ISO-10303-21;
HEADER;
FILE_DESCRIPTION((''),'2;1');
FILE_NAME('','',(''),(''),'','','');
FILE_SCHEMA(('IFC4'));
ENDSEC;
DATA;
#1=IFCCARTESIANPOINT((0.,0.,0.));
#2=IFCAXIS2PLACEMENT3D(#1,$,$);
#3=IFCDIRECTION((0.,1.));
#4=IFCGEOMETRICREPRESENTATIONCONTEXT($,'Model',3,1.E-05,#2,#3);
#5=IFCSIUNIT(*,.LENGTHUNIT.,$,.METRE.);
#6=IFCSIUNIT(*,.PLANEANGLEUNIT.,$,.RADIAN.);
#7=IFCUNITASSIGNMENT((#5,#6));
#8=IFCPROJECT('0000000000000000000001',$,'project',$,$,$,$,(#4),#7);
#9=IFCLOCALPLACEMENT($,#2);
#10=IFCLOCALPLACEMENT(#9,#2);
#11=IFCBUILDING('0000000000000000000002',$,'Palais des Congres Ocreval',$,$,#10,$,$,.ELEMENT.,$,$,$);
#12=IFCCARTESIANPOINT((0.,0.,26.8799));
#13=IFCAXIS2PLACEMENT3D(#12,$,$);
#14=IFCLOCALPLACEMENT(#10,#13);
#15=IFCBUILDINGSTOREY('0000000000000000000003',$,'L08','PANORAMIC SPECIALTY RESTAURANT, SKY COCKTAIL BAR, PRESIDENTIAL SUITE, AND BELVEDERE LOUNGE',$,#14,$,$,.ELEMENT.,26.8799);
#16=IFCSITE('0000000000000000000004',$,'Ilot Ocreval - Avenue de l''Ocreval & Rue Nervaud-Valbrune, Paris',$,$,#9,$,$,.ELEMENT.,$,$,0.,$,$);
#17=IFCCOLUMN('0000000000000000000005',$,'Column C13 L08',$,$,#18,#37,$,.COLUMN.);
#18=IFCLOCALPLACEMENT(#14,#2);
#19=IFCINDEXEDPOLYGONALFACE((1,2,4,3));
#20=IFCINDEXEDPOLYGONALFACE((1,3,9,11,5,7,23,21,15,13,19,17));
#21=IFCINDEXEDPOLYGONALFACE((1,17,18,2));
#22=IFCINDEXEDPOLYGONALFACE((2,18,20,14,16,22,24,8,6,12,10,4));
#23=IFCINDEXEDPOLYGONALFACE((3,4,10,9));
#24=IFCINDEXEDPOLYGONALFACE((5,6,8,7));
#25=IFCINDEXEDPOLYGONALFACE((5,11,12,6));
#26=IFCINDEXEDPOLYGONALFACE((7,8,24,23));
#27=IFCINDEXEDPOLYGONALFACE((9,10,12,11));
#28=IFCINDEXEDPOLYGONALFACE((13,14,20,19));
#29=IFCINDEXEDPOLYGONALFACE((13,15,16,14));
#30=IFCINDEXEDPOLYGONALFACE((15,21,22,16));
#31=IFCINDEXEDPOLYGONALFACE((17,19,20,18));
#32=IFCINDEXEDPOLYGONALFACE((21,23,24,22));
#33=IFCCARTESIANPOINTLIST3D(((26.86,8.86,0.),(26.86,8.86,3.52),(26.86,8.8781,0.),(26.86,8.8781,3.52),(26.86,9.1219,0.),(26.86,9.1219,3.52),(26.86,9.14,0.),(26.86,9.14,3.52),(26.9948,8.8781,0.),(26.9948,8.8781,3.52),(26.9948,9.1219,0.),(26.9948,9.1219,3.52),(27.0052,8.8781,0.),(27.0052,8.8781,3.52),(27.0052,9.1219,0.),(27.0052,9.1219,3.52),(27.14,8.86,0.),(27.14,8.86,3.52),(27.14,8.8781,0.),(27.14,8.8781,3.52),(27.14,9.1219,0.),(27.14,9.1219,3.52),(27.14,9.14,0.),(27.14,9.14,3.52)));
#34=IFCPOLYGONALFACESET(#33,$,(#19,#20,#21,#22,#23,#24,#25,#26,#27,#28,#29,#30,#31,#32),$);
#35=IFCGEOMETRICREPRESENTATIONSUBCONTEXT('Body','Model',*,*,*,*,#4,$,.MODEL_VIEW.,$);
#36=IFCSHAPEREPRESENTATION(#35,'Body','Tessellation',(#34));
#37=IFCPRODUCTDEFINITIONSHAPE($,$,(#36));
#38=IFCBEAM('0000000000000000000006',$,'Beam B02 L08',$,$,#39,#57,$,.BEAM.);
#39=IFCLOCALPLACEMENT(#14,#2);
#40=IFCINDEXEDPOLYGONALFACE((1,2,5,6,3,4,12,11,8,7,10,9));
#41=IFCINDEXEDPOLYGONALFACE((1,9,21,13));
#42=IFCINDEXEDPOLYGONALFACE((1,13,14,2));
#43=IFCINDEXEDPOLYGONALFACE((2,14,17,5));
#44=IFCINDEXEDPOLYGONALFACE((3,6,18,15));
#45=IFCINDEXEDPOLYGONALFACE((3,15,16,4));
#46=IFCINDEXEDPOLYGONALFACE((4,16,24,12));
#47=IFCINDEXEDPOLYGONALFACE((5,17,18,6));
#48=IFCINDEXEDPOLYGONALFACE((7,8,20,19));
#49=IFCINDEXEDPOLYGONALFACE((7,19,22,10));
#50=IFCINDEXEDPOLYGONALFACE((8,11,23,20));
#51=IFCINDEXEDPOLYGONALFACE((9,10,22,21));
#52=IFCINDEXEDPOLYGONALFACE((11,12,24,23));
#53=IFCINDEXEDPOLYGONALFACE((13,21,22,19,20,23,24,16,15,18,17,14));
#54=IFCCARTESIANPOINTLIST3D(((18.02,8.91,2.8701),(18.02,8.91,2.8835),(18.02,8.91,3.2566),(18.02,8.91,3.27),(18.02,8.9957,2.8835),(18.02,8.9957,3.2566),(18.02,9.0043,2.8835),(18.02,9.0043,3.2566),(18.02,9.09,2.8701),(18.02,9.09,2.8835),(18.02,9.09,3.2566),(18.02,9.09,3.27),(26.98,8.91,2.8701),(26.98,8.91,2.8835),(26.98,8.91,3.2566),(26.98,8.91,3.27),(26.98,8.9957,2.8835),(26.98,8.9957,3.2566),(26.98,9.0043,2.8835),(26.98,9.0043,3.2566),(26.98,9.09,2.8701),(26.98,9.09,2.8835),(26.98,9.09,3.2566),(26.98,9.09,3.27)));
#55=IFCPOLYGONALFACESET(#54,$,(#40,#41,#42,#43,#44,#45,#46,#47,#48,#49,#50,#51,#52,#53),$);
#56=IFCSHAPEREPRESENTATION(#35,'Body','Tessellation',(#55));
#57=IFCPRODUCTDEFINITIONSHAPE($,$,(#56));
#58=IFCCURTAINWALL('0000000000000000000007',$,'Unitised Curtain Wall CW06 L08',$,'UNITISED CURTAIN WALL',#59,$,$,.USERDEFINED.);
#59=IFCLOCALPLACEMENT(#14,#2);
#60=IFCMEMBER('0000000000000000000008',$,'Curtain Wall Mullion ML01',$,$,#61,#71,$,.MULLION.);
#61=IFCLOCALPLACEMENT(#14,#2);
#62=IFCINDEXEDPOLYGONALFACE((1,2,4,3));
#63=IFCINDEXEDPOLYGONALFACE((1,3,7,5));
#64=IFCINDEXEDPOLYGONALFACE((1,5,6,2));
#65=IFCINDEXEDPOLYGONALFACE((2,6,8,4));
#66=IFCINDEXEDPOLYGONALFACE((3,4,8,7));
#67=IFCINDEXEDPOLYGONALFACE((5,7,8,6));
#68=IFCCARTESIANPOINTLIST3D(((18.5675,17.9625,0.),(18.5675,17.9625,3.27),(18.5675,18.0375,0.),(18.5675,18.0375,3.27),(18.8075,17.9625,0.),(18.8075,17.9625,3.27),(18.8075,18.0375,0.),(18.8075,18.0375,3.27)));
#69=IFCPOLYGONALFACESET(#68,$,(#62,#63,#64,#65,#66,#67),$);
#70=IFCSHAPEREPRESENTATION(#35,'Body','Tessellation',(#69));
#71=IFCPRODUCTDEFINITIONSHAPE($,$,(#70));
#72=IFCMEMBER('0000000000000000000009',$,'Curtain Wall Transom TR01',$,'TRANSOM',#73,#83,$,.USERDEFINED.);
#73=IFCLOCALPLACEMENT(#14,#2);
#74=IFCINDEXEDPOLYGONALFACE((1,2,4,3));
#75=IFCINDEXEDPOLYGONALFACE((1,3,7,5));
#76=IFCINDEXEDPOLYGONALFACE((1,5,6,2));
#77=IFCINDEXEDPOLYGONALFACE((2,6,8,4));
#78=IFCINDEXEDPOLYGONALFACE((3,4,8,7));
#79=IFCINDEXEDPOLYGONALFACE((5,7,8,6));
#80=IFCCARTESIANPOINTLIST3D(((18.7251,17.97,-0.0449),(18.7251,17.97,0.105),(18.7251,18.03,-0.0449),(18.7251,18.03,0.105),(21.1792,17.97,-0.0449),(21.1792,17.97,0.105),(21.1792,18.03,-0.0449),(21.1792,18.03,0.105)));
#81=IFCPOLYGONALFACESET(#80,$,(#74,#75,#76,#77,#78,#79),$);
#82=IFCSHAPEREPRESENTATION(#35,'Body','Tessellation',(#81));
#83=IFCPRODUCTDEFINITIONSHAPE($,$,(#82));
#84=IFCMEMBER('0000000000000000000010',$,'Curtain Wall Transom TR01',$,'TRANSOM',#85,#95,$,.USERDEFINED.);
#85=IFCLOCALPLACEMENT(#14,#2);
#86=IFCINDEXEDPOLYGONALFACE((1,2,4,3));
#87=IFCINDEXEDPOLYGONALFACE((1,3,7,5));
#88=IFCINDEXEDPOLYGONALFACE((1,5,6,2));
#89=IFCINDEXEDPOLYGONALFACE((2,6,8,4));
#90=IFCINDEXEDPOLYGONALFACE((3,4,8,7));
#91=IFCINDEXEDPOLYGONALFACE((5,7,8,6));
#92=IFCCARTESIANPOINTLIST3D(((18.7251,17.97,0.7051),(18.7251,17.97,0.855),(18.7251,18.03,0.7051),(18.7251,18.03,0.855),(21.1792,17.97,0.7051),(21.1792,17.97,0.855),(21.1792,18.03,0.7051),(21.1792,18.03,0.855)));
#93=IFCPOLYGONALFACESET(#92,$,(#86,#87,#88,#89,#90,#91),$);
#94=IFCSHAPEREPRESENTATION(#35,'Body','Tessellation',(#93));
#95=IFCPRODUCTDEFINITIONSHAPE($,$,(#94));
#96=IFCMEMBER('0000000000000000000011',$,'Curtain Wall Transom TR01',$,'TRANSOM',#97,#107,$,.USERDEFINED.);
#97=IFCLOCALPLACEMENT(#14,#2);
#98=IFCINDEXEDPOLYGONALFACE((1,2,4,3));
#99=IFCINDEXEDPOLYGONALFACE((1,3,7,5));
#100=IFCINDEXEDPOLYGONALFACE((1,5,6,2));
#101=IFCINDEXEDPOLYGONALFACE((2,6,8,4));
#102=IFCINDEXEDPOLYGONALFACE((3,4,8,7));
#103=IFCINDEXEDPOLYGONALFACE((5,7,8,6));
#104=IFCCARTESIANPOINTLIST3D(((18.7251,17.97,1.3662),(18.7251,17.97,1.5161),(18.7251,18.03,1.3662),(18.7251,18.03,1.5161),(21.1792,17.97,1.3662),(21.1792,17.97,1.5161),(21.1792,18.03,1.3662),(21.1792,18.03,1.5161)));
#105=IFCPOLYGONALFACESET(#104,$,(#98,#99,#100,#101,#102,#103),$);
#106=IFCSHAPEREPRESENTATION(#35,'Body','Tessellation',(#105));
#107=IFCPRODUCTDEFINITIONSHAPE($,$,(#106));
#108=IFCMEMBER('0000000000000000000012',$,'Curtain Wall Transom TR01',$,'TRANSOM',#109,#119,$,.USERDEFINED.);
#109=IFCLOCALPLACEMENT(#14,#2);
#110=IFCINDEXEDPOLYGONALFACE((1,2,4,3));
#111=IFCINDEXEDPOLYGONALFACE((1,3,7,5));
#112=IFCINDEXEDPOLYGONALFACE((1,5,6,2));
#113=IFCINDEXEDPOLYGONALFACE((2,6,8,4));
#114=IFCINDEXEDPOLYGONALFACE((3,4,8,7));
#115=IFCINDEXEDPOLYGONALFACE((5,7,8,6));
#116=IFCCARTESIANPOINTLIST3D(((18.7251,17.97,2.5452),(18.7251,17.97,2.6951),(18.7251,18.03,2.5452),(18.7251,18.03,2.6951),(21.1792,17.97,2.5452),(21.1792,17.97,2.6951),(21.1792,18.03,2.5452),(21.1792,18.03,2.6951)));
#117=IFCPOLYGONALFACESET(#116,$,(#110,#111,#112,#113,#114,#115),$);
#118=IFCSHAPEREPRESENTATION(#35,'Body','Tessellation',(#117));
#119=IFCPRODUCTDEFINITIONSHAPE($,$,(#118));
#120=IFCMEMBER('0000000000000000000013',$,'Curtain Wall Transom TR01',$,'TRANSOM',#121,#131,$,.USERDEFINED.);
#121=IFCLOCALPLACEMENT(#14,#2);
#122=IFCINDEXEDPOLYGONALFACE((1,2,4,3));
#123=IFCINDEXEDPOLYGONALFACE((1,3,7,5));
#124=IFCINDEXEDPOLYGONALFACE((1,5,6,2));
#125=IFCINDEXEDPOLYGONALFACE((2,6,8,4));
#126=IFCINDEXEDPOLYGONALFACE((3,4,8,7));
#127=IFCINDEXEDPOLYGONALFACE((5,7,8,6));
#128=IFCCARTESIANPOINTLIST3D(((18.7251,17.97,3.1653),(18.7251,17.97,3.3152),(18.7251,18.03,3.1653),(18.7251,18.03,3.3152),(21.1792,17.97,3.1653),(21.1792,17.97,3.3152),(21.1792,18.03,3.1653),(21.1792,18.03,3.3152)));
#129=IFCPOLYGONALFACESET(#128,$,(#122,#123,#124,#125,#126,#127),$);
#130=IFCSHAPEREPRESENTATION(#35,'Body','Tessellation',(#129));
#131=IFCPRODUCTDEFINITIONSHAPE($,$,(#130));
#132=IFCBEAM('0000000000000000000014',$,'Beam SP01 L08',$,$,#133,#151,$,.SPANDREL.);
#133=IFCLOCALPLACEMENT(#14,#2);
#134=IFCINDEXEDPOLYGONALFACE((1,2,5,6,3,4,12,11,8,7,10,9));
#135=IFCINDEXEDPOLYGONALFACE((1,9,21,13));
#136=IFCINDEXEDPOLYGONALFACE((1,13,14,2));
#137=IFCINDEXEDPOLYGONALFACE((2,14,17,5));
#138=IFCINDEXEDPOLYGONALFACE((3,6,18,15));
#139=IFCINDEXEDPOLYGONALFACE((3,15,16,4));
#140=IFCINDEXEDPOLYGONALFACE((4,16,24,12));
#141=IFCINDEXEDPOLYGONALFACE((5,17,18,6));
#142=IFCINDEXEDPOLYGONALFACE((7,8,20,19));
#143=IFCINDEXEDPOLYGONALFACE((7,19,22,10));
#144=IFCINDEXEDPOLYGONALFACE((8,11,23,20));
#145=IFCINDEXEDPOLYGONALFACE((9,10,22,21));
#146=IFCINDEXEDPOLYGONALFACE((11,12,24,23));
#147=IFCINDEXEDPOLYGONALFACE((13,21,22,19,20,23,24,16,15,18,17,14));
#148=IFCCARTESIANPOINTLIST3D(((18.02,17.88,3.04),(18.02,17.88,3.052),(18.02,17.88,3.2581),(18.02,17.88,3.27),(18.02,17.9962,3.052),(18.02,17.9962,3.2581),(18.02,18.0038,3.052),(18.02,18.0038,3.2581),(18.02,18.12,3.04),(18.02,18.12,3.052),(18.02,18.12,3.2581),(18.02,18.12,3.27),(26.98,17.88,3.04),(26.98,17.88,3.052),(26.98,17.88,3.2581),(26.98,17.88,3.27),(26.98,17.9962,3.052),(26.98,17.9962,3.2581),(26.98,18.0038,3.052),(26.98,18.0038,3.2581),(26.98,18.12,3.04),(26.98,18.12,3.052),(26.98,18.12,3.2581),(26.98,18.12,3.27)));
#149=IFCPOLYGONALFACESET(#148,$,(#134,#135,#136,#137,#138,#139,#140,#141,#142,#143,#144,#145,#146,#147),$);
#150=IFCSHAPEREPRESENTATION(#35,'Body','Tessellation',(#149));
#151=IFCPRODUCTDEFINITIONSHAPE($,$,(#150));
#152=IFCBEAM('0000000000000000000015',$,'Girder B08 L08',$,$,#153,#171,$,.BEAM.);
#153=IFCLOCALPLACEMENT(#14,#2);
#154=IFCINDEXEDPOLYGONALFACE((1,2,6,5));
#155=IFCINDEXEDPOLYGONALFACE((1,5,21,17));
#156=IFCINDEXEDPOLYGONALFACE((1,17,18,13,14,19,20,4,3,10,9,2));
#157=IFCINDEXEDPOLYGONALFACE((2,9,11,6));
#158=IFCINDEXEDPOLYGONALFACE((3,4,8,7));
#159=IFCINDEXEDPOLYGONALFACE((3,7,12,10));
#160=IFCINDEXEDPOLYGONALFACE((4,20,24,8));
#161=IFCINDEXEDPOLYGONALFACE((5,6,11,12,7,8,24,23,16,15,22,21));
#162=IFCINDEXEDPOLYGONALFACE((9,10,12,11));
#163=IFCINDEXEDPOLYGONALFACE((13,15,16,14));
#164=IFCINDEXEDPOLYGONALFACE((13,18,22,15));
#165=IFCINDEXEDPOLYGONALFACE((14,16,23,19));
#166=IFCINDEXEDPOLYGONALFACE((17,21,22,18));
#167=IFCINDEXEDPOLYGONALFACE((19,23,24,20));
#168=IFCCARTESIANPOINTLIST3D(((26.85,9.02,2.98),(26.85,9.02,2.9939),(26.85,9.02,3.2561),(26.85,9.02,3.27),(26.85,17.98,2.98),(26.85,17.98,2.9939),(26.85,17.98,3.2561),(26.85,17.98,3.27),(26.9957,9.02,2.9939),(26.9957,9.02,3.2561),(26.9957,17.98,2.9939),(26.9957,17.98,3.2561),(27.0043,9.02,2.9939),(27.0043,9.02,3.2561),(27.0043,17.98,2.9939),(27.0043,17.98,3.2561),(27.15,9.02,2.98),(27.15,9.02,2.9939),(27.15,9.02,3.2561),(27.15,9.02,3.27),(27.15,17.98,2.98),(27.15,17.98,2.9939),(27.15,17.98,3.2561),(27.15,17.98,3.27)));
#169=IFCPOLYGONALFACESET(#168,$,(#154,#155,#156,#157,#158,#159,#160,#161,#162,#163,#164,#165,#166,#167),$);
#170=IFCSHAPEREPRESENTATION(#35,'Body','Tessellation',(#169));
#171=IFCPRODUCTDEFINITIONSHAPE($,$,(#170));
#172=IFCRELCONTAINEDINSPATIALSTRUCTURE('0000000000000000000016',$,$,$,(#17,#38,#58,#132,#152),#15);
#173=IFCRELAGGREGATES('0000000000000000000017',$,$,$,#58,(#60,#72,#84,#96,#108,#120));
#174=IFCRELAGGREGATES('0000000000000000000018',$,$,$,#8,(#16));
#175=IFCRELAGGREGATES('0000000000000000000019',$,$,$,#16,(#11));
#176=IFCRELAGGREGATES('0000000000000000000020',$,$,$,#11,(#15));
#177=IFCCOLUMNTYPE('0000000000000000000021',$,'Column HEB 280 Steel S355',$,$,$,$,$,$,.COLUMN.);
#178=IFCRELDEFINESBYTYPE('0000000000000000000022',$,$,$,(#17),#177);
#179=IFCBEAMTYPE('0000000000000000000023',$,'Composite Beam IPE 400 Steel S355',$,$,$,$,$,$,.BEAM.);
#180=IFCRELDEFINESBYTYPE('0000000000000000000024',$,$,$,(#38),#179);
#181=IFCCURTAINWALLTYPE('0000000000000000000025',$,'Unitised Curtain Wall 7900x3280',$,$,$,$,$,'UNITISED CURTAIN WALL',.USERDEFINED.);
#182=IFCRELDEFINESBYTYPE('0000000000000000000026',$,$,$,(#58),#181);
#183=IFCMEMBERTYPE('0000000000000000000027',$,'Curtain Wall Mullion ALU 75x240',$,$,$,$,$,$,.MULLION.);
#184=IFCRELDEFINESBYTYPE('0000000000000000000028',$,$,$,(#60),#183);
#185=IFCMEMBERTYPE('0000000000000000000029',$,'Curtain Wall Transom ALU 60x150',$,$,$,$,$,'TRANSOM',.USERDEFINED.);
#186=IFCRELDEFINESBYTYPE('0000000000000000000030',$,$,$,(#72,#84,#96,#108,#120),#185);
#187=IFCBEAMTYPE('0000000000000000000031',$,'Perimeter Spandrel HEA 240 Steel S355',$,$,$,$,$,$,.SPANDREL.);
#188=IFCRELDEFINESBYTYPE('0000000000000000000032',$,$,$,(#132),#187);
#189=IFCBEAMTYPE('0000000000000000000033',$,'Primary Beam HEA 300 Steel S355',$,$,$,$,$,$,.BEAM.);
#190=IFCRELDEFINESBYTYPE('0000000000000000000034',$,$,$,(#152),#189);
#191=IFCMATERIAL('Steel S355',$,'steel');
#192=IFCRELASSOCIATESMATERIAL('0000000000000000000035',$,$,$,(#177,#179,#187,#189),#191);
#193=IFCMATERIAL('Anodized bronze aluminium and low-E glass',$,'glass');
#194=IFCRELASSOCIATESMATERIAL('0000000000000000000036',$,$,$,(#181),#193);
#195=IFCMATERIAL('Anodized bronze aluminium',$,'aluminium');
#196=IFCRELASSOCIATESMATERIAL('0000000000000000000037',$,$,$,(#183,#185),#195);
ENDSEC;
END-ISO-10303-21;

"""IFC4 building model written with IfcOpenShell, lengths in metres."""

from ifc_helpers import new_model, si_unit, direction, frame, origin, origin_2d, place, context, subcontext, project, spatial, rectangle, i_section, extrude, material, material_profile, profile_set, type_object, element, aggregate, save


model = new_model("IFC4")

# Units and contexts
model_context = context("Model", 3, precision=1e-05, world=origin(), true_north=direction((0.0, 1.0)))
body_context = subcontext(model_context, "Body", "Model", "MODEL_VIEW")
ifc_project = project(units=[si_unit("LENGTHUNIT", "METRE"), si_unit("PLANEANGLEUNIT", "RADIAN")], contexts=[model_context])

# Site, building, storey
site_placement = place(None, origin())
site = spatial("IfcSite", under=ifc_project, at=site_placement, Name="Ilot Ocreval - Avenue de l'Ocreval & Rue Nervaud-Valbrune, Paris", CompositionType="ELEMENT", RefElevation=0.0)
building_placement = place(site_placement, origin())
building = spatial("IfcBuilding", under=site, at=building_placement, Name="Palais des Congres Ocreval", CompositionType="ELEMENT")
storey_placement = place(building_placement, frame((0.0, 0.0, 26.8799)))
storey = spatial("IfcBuildingStorey", under=building, at=storey_placement, Name="L08", Description="PANORAMIC SPECIALTY RESTAURANT, SKY COCKTAIL BAR, PRESIDENTIAL SUITE, AND BELVEDERE LOUNGE", CompositionType="ELEMENT", Elevation=26.8799)

# Column
ifc_material_1 = material(Name="Steel S355", Category="steel")
ifc_material_profile_1 = material_profile(ifc_material_1, i_section(OverallWidth=0.28, OverallDepth=0.28, WebThickness=0.0105, FlangeThickness=0.0181, at=origin_2d()), Name="HEB 280")
ifc_profile_set_1 = profile_set([ifc_material_profile_1], Name="Steel S355")
column_type = type_object("IfcColumnType", Name="Column HEB 280 Steel S355", PredefinedType="COLUMN", material=ifc_profile_set_1)
column_placement = place(storey_placement, frame((27.0, 9.0, 0.0), z_axis=(0.0, 0.0, 1.0), x_axis=(1.0, 0.0, 0.0)))
element("IfcColumn", 1, at=column_placement, inside=storey, type_object=column_type, Name="Column C13 L08", PredefinedType="COLUMN", context=body_context, shape_type="SweptSolid", body=[
    extrude(i_section(OverallWidth=0.28, OverallDepth=0.28, WebThickness=0.0105, FlangeThickness=0.0181, at=origin_2d()), origin(), (0.0, 0.0, 1.0), 3.52),
])

# Beam
ifc_material_profile_2 = material_profile(ifc_material_1, i_section(OverallWidth=0.1799, OverallDepth=0.3999, WebThickness=0.0085, FlangeThickness=0.0134, at=origin_2d()), Name="IPE 400")
ifc_profile_set_2 = profile_set([ifc_material_profile_2], Name="Steel S355")
beam_type_1 = type_object("IfcBeamType", Name="Composite Beam IPE 400 Steel S355", PredefinedType="BEAM", material=ifc_profile_set_2)
beam_1_placement = place(storey_placement, frame((18.02, 9.0, 3.0701), z_axis=(1.0, 0.0, 0.0), x_axis=(0.0, 1.0, 0.0)))
element("IfcBeam", 2, at=beam_1_placement, inside=storey, type_object=beam_type_1, Name="Beam B02 L08", PredefinedType="BEAM", context=body_context, shape_type="SweptSolid", body=[
    extrude(i_section(OverallWidth=0.1799, OverallDepth=0.3999, WebThickness=0.0085, FlangeThickness=0.0134, at=origin_2d()), origin(), (0.0, 0.0, 1.0), 8.96),
])

# Curtain wall, members
ifc_material_2 = material(Name="Anodized bronze aluminium and low-E glass", Category="glass")
curtain_wall_type = type_object("IfcCurtainWallType", Name="Unitised Curtain Wall 7900x3280", ElementType="UNITISED CURTAIN WALL", PredefinedType="USERDEFINED", material=ifc_material_2)
curtain_wall_1_placement = place(storey_placement, origin())
curtain_wall_1 = element("IfcCurtainWall", 3, at=curtain_wall_1_placement, inside=storey, type_object=curtain_wall_type, Name="Unitised Curtain Wall CW06 L08", ObjectType="UNITISED CURTAIN WALL", PredefinedType="USERDEFINED")
ifc_material_3 = material(Name="Anodized bronze aluminium", Category="aluminium")
ifc_material_profile_3 = material_profile(ifc_material_3, rectangle(XDim=0.075, YDim=0.24, at=origin_2d()), Name="ALU 75x240")
ifc_profile_set_3 = profile_set([ifc_material_profile_3], Name="Anodized bronze aluminium")
member_type_1 = type_object("IfcMemberType", Name="Curtain Wall Mullion ALU 75x240", PredefinedType="MULLION", material=ifc_profile_set_3)
member_1_placement = place(storey_placement, frame((18.6875, 18.0, 0.0), z_axis=(0.0, 0.0, 1.0), x_axis=(0.0, 1.0, 0.0)))
member_1 = element("IfcMember", 4, at=member_1_placement, type_object=member_type_1, Name="Curtain Wall Mullion ML01", PredefinedType="MULLION", context=body_context, shape_type="SweptSolid", body=[
    extrude(rectangle(XDim=0.075, YDim=0.24, at=origin_2d()), origin(), (0.0, 0.0, 1.0), 3.27),
])
ifc_material_profile_4 = material_profile(ifc_material_3, rectangle(XDim=0.0601, YDim=0.1499, at=origin_2d()), Name="ALU 60x150")
ifc_profile_set_4 = profile_set([ifc_material_profile_4], Name="Anodized bronze aluminium")
member_type_2 = type_object("IfcMemberType", Name="Curtain Wall Transom ALU 60x150", ElementType="TRANSOM", PredefinedType="USERDEFINED", material=ifc_profile_set_4)
member_2_placement = place(storey_placement, frame((18.7251, 18.0, 0.03), z_axis=(1.0, 0.0, 0.0), x_axis=(0.0, 1.0, 0.0)))
member_2 = element("IfcMember", 5, at=member_2_placement, type_object=member_type_2, Name="Curtain Wall Transom TR01", ObjectType="TRANSOM", PredefinedType="USERDEFINED", context=body_context, shape_type="SweptSolid", body=[
    extrude(rectangle(XDim=0.0601, YDim=0.1499, at=origin_2d()), origin(), (0.0, 0.0, 1.0), 2.4541),
])
member_3_placement = place(storey_placement, frame((18.7251, 18.0, 0.78), z_axis=(1.0, 0.0, 0.0), x_axis=(0.0, 1.0, 0.0)))
member_3 = element("IfcMember", 6, at=member_3_placement, type_object=member_type_2, Name="Curtain Wall Transom TR01", ObjectType="TRANSOM", PredefinedType="USERDEFINED", context=body_context, shape_type="SweptSolid", body=[
    extrude(rectangle(XDim=0.0601, YDim=0.1499, at=origin_2d()), origin(), (0.0, 0.0, 1.0), 2.4541),
])
member_4_placement = place(storey_placement, frame((18.7251, 18.0, 1.4412), z_axis=(1.0, 0.0, 0.0), x_axis=(0.0, 1.0, 0.0)))
member_4 = element("IfcMember", 7, at=member_4_placement, type_object=member_type_2, Name="Curtain Wall Transom TR01", ObjectType="TRANSOM", PredefinedType="USERDEFINED", context=body_context, shape_type="SweptSolid", body=[
    extrude(rectangle(XDim=0.0601, YDim=0.1499, at=origin_2d()), origin(), (0.0, 0.0, 1.0), 2.4541),
])
member_5_placement = place(storey_placement, frame((18.7251, 18.0, 2.6201), z_axis=(1.0, 0.0, 0.0), x_axis=(0.0, 1.0, 0.0)))
member_5 = element("IfcMember", 8, at=member_5_placement, type_object=member_type_2, Name="Curtain Wall Transom TR01", ObjectType="TRANSOM", PredefinedType="USERDEFINED", context=body_context, shape_type="SweptSolid", body=[
    extrude(rectangle(XDim=0.0601, YDim=0.1499, at=origin_2d()), origin(), (0.0, 0.0, 1.0), 2.4541),
])
member_6_placement = place(storey_placement, frame((18.7251, 18.0, 3.2402), z_axis=(1.0, 0.0, 0.0), x_axis=(0.0, 1.0, 0.0)))
member_6 = element("IfcMember", 9, at=member_6_placement, type_object=member_type_2, Name="Curtain Wall Transom TR01", ObjectType="TRANSOM", PredefinedType="USERDEFINED", context=body_context, shape_type="SweptSolid", body=[
    extrude(rectangle(XDim=0.0601, YDim=0.1499, at=origin_2d()), origin(), (0.0, 0.0, 1.0), 2.4541),
])

# Beams
ifc_material_profile_5 = material_profile(ifc_material_1, i_section(OverallWidth=0.24, OverallDepth=0.23, WebThickness=0.0076, FlangeThickness=0.012, at=origin_2d()), Name="HEA 240")
ifc_profile_set_5 = profile_set([ifc_material_profile_5], Name="Steel S355")
beam_type_2 = type_object("IfcBeamType", Name="Perimeter Spandrel HEA 240 Steel S355", PredefinedType="SPANDREL", material=ifc_profile_set_5)
beam_2_placement = place(storey_placement, frame((18.02, 18.0, 3.155), z_axis=(1.0, 0.0, 0.0), x_axis=(0.0, 1.0, 0.0)))
element("IfcBeam", 10, at=beam_2_placement, inside=storey, type_object=beam_type_2, Name="Beam SP01 L08", PredefinedType="SPANDREL", context=body_context, shape_type="SweptSolid", body=[
    extrude(i_section(OverallWidth=0.24, OverallDepth=0.23, WebThickness=0.0076, FlangeThickness=0.012, at=origin_2d()), origin(), (0.0, 0.0, 1.0), 8.96),
])
ifc_material_profile_6 = material_profile(ifc_material_1, i_section(OverallWidth=0.3, OverallDepth=0.29, WebThickness=0.0085, FlangeThickness=0.0139, at=origin_2d()), Name="HEA 300")
ifc_profile_set_6 = profile_set([ifc_material_profile_6], Name="Steel S355")
beam_type_3 = type_object("IfcBeamType", Name="Primary Beam HEA 300 Steel S355", PredefinedType="BEAM", material=ifc_profile_set_6)
beam_3_placement = place(storey_placement, frame((27.0, 9.02, 3.125), z_axis=(0.0, 1.0, 0.0), x_axis=(-1.0, 0.0, 0.0)))
element("IfcBeam", 11, at=beam_3_placement, inside=storey, type_object=beam_type_3, Name="Girder B08 L08", PredefinedType="BEAM", context=body_context, shape_type="SweptSolid", body=[
    extrude(i_section(OverallWidth=0.3, OverallDepth=0.29, WebThickness=0.0085, FlangeThickness=0.0139, at=origin_2d()), origin(), (0.0, 0.0, 1.0), 8.96),
])

aggregate(curtain_wall_1, [member_1, member_2, member_3, member_4, member_5, member_6])

save(model, "model.ifc")
